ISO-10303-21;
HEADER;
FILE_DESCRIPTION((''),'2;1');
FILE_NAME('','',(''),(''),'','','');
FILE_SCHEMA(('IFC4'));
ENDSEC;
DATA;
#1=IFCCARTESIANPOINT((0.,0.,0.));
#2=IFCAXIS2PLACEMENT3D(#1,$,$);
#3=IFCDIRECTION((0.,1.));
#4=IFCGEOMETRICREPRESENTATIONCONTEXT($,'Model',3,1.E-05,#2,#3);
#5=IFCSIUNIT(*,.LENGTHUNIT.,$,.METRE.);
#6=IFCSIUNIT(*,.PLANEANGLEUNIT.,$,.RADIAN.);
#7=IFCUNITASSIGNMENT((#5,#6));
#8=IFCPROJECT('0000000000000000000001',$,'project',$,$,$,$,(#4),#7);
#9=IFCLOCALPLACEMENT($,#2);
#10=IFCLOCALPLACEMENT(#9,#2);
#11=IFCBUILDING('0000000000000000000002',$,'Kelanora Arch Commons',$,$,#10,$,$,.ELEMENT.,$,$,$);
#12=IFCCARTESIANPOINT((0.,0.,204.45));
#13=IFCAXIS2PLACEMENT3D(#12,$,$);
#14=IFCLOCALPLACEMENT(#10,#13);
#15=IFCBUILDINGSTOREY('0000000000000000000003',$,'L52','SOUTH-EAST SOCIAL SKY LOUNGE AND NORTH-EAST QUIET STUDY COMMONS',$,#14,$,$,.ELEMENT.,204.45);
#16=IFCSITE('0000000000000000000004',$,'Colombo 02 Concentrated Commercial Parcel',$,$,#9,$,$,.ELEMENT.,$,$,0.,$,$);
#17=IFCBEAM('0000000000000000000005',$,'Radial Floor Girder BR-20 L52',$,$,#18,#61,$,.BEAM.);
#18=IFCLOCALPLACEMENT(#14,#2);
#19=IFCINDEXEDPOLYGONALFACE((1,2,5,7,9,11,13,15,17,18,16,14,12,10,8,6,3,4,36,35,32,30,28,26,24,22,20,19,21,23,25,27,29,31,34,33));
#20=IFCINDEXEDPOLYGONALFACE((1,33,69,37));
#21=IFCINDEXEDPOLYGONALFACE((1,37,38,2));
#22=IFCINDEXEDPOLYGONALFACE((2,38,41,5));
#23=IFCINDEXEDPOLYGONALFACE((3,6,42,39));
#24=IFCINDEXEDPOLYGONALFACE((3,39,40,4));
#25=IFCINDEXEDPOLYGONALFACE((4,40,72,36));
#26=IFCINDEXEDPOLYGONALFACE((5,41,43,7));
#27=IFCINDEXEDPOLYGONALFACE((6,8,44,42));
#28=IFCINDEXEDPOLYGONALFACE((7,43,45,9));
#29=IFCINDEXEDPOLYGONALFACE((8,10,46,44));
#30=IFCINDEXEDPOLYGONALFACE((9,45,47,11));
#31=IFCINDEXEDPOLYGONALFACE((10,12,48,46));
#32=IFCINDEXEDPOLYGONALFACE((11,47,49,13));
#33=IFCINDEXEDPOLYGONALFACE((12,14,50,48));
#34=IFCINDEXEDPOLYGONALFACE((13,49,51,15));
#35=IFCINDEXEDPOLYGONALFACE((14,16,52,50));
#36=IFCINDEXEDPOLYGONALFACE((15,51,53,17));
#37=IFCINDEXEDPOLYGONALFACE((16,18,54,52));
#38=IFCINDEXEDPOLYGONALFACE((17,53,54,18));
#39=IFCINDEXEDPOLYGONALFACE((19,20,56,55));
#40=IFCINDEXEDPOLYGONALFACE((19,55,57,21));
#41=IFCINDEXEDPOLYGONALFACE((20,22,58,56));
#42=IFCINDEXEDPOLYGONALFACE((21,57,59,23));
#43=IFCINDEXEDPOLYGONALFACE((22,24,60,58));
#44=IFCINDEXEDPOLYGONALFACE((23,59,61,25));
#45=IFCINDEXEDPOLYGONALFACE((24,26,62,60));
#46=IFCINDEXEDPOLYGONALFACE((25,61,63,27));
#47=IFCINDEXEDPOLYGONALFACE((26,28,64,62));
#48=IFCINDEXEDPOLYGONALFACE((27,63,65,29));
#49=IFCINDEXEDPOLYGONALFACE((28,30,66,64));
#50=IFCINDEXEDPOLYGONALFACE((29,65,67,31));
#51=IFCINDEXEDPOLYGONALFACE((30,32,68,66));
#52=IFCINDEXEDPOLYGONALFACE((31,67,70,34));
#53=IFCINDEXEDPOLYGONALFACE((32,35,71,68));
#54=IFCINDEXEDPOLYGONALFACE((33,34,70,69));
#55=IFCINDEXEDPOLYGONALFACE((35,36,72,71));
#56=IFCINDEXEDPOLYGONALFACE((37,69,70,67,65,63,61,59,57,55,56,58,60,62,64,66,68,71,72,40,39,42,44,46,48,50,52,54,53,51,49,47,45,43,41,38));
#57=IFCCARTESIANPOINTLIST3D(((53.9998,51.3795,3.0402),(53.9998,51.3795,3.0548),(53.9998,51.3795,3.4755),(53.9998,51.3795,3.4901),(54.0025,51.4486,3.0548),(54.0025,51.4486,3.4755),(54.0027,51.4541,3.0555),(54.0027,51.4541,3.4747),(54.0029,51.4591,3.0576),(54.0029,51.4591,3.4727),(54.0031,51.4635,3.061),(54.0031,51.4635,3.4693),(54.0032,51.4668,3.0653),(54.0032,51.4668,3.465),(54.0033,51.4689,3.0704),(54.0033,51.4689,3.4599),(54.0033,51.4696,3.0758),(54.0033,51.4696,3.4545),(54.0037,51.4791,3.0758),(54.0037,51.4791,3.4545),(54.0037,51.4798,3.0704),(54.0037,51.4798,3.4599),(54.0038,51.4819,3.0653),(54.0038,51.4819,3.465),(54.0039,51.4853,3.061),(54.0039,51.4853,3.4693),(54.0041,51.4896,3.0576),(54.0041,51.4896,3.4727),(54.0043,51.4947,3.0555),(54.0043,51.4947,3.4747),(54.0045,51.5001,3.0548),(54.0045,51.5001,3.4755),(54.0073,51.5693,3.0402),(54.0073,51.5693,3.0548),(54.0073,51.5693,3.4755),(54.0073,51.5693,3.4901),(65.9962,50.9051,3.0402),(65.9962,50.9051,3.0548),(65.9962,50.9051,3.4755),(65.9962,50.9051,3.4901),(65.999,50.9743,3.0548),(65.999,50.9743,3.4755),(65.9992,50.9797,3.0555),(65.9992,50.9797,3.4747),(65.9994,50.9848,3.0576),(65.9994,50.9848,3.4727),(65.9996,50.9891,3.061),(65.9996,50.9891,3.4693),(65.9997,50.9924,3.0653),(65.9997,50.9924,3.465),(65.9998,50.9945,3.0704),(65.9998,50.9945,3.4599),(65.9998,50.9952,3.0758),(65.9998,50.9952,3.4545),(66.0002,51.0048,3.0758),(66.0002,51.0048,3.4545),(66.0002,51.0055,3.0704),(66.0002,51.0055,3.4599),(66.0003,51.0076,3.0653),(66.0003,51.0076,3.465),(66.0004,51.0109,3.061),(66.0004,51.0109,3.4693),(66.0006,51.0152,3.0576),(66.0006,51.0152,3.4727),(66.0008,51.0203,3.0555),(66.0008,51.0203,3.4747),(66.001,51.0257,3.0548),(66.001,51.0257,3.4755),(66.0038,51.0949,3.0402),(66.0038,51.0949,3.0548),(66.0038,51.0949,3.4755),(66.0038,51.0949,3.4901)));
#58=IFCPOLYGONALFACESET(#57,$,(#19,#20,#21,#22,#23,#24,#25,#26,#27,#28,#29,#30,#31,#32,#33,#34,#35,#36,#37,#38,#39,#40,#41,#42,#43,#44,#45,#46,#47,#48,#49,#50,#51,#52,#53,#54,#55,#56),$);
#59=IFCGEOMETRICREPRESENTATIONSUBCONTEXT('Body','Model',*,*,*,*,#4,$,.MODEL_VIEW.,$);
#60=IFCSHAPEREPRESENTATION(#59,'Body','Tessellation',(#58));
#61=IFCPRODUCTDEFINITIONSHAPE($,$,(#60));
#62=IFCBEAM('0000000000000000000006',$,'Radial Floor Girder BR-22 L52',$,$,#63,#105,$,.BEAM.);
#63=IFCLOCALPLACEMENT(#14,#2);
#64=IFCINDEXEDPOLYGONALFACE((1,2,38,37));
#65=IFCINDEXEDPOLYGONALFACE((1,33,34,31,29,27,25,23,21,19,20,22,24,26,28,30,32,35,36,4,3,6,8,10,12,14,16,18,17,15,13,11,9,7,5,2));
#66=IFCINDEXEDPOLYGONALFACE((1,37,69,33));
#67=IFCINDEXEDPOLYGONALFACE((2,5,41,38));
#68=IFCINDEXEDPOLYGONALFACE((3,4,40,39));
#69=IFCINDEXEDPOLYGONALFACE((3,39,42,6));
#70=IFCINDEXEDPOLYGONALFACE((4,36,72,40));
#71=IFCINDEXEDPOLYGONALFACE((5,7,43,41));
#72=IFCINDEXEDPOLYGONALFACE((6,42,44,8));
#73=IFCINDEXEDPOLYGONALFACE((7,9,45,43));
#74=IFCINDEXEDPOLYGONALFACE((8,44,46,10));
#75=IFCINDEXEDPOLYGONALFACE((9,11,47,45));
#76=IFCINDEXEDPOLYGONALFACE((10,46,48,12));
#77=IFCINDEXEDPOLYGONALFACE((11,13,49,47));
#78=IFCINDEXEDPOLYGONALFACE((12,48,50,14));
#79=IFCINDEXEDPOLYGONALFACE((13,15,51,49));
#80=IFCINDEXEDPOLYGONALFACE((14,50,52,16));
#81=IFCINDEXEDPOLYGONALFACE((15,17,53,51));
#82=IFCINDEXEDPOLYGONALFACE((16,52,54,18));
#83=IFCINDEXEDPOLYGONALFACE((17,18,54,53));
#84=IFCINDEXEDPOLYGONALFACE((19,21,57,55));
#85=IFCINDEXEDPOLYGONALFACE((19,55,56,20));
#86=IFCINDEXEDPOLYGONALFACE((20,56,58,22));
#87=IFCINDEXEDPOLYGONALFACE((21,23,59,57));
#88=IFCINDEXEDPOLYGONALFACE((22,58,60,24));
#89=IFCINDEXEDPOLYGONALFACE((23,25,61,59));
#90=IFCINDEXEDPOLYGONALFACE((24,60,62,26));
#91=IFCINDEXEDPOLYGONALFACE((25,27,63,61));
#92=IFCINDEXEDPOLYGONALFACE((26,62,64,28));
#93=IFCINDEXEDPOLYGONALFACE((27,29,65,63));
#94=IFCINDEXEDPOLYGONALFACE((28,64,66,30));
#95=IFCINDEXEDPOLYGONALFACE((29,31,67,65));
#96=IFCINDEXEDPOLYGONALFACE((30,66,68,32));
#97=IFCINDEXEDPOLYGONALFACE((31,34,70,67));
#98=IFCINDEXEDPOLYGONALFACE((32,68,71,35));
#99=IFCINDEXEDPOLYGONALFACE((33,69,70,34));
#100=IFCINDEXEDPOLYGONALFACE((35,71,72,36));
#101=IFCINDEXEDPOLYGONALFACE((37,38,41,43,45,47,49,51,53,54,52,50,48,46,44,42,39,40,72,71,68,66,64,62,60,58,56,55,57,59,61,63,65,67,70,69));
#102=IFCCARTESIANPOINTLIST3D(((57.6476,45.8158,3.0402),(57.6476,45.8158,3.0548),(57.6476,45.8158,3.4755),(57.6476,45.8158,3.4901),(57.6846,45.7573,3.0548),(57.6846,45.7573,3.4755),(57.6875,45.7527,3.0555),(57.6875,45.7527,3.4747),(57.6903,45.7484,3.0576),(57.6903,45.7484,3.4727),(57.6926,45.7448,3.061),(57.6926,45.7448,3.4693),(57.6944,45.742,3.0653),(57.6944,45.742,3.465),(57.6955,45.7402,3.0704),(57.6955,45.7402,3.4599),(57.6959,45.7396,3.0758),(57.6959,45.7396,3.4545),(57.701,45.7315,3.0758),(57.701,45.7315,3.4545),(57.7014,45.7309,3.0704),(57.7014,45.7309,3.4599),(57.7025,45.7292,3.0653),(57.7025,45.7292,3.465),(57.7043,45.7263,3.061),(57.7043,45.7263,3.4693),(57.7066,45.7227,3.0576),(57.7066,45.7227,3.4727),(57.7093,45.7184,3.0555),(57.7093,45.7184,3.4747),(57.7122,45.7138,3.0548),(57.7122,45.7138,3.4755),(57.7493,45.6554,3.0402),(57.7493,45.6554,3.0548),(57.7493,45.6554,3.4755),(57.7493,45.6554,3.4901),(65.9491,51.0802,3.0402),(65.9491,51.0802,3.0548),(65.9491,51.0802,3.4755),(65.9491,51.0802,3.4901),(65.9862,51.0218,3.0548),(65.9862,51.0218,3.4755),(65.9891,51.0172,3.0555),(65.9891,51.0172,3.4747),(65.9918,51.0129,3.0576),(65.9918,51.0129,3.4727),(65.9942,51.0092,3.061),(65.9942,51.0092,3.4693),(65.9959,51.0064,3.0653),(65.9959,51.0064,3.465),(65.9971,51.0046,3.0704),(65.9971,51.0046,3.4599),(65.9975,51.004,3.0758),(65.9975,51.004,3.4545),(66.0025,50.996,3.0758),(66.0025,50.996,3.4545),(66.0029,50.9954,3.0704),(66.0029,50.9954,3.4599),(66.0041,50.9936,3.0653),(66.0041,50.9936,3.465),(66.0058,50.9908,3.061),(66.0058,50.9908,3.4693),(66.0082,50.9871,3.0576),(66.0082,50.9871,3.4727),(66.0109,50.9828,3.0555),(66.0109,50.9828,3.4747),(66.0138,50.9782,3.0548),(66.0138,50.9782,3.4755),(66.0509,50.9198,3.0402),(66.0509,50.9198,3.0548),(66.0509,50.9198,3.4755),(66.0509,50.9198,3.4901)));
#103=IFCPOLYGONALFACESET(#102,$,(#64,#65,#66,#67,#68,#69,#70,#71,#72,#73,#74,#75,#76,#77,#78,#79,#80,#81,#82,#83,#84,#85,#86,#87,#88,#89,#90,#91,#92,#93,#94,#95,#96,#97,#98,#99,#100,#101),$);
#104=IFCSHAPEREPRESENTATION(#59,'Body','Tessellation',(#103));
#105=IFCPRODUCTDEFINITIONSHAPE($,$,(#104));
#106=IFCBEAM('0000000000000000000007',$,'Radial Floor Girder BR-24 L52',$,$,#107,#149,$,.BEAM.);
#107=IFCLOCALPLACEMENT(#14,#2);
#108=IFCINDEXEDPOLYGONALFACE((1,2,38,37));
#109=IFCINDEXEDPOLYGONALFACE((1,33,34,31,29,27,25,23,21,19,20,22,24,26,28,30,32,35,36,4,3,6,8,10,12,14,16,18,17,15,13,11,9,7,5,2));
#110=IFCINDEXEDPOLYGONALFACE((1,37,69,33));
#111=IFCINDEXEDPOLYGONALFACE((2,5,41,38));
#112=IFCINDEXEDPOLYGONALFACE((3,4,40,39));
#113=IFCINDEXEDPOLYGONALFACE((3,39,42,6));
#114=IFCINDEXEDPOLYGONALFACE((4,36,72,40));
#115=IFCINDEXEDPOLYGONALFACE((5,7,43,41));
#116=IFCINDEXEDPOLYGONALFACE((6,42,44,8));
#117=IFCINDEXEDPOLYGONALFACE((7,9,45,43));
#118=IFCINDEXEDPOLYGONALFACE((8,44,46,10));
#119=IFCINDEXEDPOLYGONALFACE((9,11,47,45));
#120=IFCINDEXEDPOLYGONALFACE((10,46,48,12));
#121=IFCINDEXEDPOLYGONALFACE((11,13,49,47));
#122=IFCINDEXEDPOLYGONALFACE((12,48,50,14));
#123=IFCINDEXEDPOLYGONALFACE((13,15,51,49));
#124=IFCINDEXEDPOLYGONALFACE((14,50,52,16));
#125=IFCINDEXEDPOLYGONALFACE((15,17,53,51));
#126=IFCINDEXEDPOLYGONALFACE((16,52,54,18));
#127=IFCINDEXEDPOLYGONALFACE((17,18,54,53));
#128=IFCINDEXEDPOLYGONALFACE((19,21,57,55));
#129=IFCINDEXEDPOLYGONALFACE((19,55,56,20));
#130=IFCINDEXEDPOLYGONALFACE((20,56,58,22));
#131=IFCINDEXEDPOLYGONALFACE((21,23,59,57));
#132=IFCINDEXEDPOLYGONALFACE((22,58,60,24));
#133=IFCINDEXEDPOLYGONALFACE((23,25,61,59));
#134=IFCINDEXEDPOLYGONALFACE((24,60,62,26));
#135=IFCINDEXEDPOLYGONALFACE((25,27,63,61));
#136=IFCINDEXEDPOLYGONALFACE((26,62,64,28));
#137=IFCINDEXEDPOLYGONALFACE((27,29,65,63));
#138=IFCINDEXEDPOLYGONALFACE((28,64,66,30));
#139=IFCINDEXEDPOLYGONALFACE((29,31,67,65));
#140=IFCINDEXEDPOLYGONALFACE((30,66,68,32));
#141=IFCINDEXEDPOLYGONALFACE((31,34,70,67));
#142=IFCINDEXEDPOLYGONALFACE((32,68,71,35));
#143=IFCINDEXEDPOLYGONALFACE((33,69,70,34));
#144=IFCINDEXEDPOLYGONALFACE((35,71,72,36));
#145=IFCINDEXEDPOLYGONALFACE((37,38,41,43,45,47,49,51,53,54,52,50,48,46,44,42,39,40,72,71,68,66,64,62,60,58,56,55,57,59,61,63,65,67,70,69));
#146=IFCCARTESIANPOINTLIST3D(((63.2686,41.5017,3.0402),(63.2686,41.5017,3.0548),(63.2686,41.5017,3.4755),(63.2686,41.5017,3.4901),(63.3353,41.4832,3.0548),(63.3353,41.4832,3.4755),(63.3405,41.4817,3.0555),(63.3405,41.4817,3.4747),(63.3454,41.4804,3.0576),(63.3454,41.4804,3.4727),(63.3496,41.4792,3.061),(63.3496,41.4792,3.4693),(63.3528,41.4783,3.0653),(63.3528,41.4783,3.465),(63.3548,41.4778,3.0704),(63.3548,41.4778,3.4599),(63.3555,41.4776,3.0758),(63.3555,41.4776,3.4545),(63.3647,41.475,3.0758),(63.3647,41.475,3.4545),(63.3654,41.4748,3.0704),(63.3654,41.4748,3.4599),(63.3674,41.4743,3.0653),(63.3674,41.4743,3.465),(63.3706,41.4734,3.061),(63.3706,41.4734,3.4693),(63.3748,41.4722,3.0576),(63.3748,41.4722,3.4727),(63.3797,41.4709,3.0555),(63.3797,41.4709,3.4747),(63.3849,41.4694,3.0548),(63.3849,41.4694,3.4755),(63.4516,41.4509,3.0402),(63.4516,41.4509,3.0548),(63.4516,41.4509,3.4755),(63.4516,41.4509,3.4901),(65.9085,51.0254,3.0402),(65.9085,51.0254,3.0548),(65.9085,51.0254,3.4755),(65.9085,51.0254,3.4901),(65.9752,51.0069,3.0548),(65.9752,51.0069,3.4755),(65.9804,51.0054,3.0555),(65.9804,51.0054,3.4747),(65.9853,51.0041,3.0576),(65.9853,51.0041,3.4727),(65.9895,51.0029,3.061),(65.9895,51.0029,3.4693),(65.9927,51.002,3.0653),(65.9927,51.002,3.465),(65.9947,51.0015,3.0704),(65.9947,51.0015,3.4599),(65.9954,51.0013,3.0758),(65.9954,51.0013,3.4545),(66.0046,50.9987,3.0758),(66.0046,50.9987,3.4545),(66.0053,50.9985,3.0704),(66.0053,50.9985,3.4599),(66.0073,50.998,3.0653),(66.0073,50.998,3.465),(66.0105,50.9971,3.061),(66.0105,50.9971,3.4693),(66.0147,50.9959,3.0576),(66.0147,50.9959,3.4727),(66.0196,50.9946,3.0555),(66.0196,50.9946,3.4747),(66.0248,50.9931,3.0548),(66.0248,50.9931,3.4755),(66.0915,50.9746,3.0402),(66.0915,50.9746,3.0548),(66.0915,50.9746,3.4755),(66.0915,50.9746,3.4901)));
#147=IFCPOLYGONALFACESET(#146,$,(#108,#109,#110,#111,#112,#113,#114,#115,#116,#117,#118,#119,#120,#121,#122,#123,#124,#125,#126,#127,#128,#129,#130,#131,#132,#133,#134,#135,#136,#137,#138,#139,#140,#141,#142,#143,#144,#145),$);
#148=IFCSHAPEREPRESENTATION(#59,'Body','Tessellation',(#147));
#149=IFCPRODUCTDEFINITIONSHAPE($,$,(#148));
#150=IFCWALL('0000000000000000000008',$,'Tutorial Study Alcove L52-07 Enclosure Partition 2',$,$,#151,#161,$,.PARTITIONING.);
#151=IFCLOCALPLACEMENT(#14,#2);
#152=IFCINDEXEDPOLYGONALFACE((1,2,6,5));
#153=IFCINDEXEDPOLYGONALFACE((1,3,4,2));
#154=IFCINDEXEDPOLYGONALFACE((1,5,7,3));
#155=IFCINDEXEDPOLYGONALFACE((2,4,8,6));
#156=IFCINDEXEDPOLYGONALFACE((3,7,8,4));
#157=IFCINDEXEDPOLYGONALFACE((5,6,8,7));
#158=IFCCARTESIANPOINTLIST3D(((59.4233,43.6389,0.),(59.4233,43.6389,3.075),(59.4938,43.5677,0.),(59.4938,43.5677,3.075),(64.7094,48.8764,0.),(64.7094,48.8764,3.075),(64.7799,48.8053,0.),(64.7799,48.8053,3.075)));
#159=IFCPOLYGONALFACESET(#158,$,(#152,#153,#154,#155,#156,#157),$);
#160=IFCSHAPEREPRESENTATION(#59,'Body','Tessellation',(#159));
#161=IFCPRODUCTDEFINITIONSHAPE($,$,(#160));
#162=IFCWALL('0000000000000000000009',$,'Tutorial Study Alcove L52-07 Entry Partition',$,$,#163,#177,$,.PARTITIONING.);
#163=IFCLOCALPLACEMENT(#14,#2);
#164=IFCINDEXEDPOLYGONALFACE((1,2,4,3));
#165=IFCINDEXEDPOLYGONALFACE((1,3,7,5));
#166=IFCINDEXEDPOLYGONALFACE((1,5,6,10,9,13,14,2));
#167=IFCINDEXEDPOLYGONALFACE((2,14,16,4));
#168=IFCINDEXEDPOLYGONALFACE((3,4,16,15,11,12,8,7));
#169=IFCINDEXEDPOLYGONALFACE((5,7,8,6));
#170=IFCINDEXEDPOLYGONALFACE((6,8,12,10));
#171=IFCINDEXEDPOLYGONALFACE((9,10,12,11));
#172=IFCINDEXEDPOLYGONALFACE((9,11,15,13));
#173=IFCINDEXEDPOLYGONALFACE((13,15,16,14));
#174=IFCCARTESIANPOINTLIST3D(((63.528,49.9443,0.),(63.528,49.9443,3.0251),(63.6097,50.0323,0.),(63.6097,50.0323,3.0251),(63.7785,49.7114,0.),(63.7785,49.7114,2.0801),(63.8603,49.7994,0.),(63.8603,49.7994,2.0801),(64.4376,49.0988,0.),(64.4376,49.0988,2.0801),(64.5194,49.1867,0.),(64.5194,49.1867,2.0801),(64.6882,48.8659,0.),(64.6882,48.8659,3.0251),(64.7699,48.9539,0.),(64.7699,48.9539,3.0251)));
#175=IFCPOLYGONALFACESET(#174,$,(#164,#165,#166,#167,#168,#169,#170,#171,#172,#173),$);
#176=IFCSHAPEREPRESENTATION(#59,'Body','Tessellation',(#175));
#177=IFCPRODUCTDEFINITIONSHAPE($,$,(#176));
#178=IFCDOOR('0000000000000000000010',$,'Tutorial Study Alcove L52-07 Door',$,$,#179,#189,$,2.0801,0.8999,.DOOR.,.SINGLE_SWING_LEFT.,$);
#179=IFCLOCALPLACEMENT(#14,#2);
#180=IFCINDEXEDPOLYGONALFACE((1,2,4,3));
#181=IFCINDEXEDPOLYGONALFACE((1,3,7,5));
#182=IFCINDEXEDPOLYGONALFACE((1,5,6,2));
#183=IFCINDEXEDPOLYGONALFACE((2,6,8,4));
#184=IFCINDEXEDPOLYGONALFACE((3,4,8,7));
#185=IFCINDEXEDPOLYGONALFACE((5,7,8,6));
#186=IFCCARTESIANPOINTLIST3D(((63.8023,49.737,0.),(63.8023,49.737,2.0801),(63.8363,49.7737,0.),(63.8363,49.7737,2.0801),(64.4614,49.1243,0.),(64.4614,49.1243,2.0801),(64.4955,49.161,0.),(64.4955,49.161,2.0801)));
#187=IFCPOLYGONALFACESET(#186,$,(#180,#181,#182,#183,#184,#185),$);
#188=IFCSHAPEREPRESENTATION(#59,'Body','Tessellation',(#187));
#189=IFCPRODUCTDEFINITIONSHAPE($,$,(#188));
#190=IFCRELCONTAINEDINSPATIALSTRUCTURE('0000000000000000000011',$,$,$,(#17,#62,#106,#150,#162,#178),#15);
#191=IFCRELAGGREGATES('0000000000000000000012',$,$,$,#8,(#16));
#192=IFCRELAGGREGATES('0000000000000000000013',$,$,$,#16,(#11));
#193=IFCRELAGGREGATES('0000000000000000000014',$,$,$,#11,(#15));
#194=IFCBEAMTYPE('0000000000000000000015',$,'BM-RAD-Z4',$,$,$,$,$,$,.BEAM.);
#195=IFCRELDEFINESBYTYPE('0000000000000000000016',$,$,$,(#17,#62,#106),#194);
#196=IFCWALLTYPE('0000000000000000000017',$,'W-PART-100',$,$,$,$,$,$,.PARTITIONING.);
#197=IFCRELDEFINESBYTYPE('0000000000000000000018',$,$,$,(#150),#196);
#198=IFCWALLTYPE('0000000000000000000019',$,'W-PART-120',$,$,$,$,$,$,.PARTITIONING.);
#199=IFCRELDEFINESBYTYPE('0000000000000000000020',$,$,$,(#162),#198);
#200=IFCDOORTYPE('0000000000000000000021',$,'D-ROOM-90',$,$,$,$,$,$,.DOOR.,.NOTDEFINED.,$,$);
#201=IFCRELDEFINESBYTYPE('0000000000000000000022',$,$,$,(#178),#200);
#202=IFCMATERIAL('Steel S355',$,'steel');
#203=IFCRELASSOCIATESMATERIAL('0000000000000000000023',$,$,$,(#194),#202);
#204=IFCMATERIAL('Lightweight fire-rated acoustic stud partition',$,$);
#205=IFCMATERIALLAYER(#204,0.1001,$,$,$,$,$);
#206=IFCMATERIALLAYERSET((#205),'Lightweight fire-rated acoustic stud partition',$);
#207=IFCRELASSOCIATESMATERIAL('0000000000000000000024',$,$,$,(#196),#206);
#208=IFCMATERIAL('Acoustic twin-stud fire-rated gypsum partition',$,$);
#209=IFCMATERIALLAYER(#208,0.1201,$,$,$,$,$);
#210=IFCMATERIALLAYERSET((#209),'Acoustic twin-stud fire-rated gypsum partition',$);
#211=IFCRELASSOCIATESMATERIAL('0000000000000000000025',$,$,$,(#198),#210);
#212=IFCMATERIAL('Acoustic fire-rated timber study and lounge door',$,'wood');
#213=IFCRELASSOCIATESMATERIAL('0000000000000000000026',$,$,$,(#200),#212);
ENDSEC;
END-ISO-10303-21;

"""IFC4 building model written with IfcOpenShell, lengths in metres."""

from ifc_helpers import new_model, si_unit, direction, frame, frame_2d, origin, origin_2d, place, context, subcontext, project, spatial, rectangle, i_section, extrude, material, layer, layer_set, material_profile, profile_set, type_object, element, fill, save


model = new_model("IFC4")

# Units and contexts
model_context = context("Model", 3, precision=1e-05, world=origin(), true_north=direction((0.0, 1.0)))
body_context = subcontext(model_context, "Body", "Model", "MODEL_VIEW")
ifc_project = project(units=[si_unit("LENGTHUNIT", "METRE"), si_unit("PLANEANGLEUNIT", "RADIAN")], contexts=[model_context])

# Site, building, storey
site_placement = place(None, origin())
site = spatial("IfcSite", under=ifc_project, at=site_placement, Name="Colombo 02 Concentrated Commercial Parcel", CompositionType="ELEMENT", RefElevation=0.0)
building_placement = place(site_placement, origin())
building = spatial("IfcBuilding", under=site, at=building_placement, Name="Kelanora Arch Commons", CompositionType="ELEMENT")
storey_placement = place(building_placement, frame((0.0, 0.0, 204.45)))
storey = spatial("IfcBuildingStorey", under=building, at=storey_placement, Name="L52", Description="SOUTH-EAST SOCIAL SKY LOUNGE AND NORTH-EAST QUIET STUDY COMMONS", CompositionType="ELEMENT", Elevation=204.45)

# Beams
ifc_material_1 = material(Name="Steel S355", Category="steel")
ifc_material_profile_1 = material_profile(ifc_material_1, i_section(OverallWidth=0.1899, OverallDepth=0.45, WebThickness=0.0095, FlangeThickness=0.0146, FilletRadius=0.021, at=origin_2d()), Name="IPE450")
ifc_profile_set_1 = profile_set([ifc_material_profile_1], Name="Steel S355")
beam_type_1 = type_object("IfcBeamType", Name="BM-RAD-Z4", PredefinedType="BEAM", material=ifc_profile_set_1)
beam_1_placement = place(storey_placement, frame((66.0, 51.0, 3.2651), z_axis=(-0.999219, 0.039511, 0.0), x_axis=(-0.039511, -0.999219, 0.0)))
element("IfcBeam", 1, at=beam_1_placement, inside=storey, type_object=beam_type_1, Name="Radial Floor Girder BR-20 L52", PredefinedType="BEAM", context=body_context, shape_type="SweptSolid", body=[
    extrude(i_section(OverallWidth=0.1899, OverallDepth=0.45, WebThickness=0.0095, FlangeThickness=0.0146, FilletRadius=0.021, at=origin_2d()), origin(), (0.0, 0.0, 1.0), 12.0059),
])
beam_2_placement = place(storey_placement, frame((66.0, 51.0, 3.2651), z_axis=(-0.844507, -0.535544, 0.0), x_axis=(0.535544, -0.844507, 0.0)))
element("IfcBeam", 2, at=beam_2_placement, inside=storey, type_object=beam_type_1, Name="Radial Floor Girder BR-22 L52", PredefinedType="BEAM", context=body_context, shape_type="SweptSolid", body=[
    extrude(i_section(OverallWidth=0.1899, OverallDepth=0.45, WebThickness=0.0095, FlangeThickness=0.0146, FilletRadius=0.021, at=origin_2d()), origin(), (0.0, 0.0, 1.0), 9.8301),
])
beam_3_placement = place(storey_placement, frame((66.0, 51.0, 3.2651), z_axis=(-0.26712, -0.963663, 0.0), x_axis=(0.963663, -0.26712, 0.0)))
element("IfcBeam", 3, at=beam_3_placement, inside=storey, type_object=beam_type_1, Name="Radial Floor Girder BR-24 L52", PredefinedType="BEAM", context=body_context, shape_type="SweptSolid", body=[
    extrude(i_section(OverallWidth=0.1899, OverallDepth=0.45, WebThickness=0.0095, FlangeThickness=0.0146, FilletRadius=0.021, at=origin_2d()), origin(), (0.0, 0.0, 1.0), 9.8828),
])

# Wall
ifc_material_2 = material(Name="Lightweight fire-rated acoustic stud partition")
ifc_layer_1 = layer(ifc_material_2, 0.1001)
ifc_layer_set_1 = layer_set([ifc_layer_1], Name="Lightweight fire-rated acoustic stud partition")
wall_type_1 = type_object("IfcWallType", Name="W-PART-100", PredefinedType="PARTITIONING", material=ifc_layer_set_1)
wall_1_placement = place(storey_placement, frame((64.7446, 48.8408, 0.0), z_axis=(0.0, 0.0, 1.0), x_axis=(-0.710364, -0.703835, 0.0)))
element("IfcWall", 4, at=wall_1_placement, inside=storey, type_object=wall_type_1, Name="Tutorial Study Alcove L52-07 Enclosure Partition 2", PredefinedType="PARTITIONING", context=body_context, shape_type="SweptSolid", body=[
    extrude(rectangle(XDim=7.4414, YDim=0.1001, at=frame_2d((3.7207, 0.0))), origin(), (0.0, 0.0, 1.0), 3.075),
])

# Wall, opening, door
ifc_material_3 = material(Name="Acoustic twin-stud fire-rated gypsum partition")
ifc_layer_2 = layer(ifc_material_3, 0.1201)
ifc_layer_set_2 = layer_set([ifc_layer_2], Name="Acoustic twin-stud fire-rated gypsum partition")
wall_type_2 = type_object("IfcWallType", Name="W-PART-120", PredefinedType="PARTITIONING", material=ifc_layer_set_2)
wall_2_placement = place(storey_placement, frame((63.5688, 49.9883, 0.0), z_axis=(0.0, 0.0, 1.0), x_axis=(0.732453, -0.680818, 0.0)))
wall_2 = element("IfcWall", 5, at=wall_2_placement, inside=storey, type_object=wall_type_2, Name="Tutorial Study Alcove L52-07 Entry Partition", PredefinedType="PARTITIONING", context=body_context, shape_type="SweptSolid", body=[
    extrude(rectangle(XDim=1.584, YDim=0.1201, at=frame_2d((0.792, 0.0))), origin(), (0.0, 0.0, 1.0), 3.0251),
])
opening_1_placement = place(wall_2_placement, frame((0.342, 0.0, 0.0)))
opening_1 = element("IfcOpeningElement", 6, at=opening_1_placement, cuts=wall_2, PredefinedType="OPENING", context=body_context, shape_type="SweptSolid", body=[
    extrude(rectangle(XDim=0.8999, YDim=2.0801, at=frame_2d((0.45, 1.04))), frame((0.0, 0.0701, 0.0), z_axis=(0.0, -1.0, 0.0), x_axis=(1.0, 0.0, 0.0)), (0.0, 0.0, 1.0), 0.1401),
])
ifc_material_4 = material(Name="Acoustic fire-rated timber study and lounge door", Category="wood")
door_type_1 = type_object("IfcDoorType", Name="D-ROOM-90", OperationType="NOTDEFINED", PredefinedType="DOOR", material=ifc_material_4)
door_1_placement = place(opening_1_placement, origin())
door_1 = element("IfcDoor", 7, at=door_1_placement, inside=storey, type_object=door_type_1, Name="Tutorial Study Alcove L52-07 Door", OperationType="SINGLE_SWING_LEFT", OverallHeight=2.0801, OverallWidth=0.8999, PredefinedType="DOOR", context=body_context, shape_type="SweptSolid", body=[
    extrude(rectangle(XDim=0.8999, YDim=2.0801, at=frame_2d((0.45, 1.04))), frame((0.0, 0.0249, 0.0), z_axis=(0.0, -1.0, 0.0), x_axis=(1.0, 0.0, 0.0)), (0.0, 0.0, 1.0), 0.05),
])
fill(opening_1, door_1)

save(model, "model.ifc")
